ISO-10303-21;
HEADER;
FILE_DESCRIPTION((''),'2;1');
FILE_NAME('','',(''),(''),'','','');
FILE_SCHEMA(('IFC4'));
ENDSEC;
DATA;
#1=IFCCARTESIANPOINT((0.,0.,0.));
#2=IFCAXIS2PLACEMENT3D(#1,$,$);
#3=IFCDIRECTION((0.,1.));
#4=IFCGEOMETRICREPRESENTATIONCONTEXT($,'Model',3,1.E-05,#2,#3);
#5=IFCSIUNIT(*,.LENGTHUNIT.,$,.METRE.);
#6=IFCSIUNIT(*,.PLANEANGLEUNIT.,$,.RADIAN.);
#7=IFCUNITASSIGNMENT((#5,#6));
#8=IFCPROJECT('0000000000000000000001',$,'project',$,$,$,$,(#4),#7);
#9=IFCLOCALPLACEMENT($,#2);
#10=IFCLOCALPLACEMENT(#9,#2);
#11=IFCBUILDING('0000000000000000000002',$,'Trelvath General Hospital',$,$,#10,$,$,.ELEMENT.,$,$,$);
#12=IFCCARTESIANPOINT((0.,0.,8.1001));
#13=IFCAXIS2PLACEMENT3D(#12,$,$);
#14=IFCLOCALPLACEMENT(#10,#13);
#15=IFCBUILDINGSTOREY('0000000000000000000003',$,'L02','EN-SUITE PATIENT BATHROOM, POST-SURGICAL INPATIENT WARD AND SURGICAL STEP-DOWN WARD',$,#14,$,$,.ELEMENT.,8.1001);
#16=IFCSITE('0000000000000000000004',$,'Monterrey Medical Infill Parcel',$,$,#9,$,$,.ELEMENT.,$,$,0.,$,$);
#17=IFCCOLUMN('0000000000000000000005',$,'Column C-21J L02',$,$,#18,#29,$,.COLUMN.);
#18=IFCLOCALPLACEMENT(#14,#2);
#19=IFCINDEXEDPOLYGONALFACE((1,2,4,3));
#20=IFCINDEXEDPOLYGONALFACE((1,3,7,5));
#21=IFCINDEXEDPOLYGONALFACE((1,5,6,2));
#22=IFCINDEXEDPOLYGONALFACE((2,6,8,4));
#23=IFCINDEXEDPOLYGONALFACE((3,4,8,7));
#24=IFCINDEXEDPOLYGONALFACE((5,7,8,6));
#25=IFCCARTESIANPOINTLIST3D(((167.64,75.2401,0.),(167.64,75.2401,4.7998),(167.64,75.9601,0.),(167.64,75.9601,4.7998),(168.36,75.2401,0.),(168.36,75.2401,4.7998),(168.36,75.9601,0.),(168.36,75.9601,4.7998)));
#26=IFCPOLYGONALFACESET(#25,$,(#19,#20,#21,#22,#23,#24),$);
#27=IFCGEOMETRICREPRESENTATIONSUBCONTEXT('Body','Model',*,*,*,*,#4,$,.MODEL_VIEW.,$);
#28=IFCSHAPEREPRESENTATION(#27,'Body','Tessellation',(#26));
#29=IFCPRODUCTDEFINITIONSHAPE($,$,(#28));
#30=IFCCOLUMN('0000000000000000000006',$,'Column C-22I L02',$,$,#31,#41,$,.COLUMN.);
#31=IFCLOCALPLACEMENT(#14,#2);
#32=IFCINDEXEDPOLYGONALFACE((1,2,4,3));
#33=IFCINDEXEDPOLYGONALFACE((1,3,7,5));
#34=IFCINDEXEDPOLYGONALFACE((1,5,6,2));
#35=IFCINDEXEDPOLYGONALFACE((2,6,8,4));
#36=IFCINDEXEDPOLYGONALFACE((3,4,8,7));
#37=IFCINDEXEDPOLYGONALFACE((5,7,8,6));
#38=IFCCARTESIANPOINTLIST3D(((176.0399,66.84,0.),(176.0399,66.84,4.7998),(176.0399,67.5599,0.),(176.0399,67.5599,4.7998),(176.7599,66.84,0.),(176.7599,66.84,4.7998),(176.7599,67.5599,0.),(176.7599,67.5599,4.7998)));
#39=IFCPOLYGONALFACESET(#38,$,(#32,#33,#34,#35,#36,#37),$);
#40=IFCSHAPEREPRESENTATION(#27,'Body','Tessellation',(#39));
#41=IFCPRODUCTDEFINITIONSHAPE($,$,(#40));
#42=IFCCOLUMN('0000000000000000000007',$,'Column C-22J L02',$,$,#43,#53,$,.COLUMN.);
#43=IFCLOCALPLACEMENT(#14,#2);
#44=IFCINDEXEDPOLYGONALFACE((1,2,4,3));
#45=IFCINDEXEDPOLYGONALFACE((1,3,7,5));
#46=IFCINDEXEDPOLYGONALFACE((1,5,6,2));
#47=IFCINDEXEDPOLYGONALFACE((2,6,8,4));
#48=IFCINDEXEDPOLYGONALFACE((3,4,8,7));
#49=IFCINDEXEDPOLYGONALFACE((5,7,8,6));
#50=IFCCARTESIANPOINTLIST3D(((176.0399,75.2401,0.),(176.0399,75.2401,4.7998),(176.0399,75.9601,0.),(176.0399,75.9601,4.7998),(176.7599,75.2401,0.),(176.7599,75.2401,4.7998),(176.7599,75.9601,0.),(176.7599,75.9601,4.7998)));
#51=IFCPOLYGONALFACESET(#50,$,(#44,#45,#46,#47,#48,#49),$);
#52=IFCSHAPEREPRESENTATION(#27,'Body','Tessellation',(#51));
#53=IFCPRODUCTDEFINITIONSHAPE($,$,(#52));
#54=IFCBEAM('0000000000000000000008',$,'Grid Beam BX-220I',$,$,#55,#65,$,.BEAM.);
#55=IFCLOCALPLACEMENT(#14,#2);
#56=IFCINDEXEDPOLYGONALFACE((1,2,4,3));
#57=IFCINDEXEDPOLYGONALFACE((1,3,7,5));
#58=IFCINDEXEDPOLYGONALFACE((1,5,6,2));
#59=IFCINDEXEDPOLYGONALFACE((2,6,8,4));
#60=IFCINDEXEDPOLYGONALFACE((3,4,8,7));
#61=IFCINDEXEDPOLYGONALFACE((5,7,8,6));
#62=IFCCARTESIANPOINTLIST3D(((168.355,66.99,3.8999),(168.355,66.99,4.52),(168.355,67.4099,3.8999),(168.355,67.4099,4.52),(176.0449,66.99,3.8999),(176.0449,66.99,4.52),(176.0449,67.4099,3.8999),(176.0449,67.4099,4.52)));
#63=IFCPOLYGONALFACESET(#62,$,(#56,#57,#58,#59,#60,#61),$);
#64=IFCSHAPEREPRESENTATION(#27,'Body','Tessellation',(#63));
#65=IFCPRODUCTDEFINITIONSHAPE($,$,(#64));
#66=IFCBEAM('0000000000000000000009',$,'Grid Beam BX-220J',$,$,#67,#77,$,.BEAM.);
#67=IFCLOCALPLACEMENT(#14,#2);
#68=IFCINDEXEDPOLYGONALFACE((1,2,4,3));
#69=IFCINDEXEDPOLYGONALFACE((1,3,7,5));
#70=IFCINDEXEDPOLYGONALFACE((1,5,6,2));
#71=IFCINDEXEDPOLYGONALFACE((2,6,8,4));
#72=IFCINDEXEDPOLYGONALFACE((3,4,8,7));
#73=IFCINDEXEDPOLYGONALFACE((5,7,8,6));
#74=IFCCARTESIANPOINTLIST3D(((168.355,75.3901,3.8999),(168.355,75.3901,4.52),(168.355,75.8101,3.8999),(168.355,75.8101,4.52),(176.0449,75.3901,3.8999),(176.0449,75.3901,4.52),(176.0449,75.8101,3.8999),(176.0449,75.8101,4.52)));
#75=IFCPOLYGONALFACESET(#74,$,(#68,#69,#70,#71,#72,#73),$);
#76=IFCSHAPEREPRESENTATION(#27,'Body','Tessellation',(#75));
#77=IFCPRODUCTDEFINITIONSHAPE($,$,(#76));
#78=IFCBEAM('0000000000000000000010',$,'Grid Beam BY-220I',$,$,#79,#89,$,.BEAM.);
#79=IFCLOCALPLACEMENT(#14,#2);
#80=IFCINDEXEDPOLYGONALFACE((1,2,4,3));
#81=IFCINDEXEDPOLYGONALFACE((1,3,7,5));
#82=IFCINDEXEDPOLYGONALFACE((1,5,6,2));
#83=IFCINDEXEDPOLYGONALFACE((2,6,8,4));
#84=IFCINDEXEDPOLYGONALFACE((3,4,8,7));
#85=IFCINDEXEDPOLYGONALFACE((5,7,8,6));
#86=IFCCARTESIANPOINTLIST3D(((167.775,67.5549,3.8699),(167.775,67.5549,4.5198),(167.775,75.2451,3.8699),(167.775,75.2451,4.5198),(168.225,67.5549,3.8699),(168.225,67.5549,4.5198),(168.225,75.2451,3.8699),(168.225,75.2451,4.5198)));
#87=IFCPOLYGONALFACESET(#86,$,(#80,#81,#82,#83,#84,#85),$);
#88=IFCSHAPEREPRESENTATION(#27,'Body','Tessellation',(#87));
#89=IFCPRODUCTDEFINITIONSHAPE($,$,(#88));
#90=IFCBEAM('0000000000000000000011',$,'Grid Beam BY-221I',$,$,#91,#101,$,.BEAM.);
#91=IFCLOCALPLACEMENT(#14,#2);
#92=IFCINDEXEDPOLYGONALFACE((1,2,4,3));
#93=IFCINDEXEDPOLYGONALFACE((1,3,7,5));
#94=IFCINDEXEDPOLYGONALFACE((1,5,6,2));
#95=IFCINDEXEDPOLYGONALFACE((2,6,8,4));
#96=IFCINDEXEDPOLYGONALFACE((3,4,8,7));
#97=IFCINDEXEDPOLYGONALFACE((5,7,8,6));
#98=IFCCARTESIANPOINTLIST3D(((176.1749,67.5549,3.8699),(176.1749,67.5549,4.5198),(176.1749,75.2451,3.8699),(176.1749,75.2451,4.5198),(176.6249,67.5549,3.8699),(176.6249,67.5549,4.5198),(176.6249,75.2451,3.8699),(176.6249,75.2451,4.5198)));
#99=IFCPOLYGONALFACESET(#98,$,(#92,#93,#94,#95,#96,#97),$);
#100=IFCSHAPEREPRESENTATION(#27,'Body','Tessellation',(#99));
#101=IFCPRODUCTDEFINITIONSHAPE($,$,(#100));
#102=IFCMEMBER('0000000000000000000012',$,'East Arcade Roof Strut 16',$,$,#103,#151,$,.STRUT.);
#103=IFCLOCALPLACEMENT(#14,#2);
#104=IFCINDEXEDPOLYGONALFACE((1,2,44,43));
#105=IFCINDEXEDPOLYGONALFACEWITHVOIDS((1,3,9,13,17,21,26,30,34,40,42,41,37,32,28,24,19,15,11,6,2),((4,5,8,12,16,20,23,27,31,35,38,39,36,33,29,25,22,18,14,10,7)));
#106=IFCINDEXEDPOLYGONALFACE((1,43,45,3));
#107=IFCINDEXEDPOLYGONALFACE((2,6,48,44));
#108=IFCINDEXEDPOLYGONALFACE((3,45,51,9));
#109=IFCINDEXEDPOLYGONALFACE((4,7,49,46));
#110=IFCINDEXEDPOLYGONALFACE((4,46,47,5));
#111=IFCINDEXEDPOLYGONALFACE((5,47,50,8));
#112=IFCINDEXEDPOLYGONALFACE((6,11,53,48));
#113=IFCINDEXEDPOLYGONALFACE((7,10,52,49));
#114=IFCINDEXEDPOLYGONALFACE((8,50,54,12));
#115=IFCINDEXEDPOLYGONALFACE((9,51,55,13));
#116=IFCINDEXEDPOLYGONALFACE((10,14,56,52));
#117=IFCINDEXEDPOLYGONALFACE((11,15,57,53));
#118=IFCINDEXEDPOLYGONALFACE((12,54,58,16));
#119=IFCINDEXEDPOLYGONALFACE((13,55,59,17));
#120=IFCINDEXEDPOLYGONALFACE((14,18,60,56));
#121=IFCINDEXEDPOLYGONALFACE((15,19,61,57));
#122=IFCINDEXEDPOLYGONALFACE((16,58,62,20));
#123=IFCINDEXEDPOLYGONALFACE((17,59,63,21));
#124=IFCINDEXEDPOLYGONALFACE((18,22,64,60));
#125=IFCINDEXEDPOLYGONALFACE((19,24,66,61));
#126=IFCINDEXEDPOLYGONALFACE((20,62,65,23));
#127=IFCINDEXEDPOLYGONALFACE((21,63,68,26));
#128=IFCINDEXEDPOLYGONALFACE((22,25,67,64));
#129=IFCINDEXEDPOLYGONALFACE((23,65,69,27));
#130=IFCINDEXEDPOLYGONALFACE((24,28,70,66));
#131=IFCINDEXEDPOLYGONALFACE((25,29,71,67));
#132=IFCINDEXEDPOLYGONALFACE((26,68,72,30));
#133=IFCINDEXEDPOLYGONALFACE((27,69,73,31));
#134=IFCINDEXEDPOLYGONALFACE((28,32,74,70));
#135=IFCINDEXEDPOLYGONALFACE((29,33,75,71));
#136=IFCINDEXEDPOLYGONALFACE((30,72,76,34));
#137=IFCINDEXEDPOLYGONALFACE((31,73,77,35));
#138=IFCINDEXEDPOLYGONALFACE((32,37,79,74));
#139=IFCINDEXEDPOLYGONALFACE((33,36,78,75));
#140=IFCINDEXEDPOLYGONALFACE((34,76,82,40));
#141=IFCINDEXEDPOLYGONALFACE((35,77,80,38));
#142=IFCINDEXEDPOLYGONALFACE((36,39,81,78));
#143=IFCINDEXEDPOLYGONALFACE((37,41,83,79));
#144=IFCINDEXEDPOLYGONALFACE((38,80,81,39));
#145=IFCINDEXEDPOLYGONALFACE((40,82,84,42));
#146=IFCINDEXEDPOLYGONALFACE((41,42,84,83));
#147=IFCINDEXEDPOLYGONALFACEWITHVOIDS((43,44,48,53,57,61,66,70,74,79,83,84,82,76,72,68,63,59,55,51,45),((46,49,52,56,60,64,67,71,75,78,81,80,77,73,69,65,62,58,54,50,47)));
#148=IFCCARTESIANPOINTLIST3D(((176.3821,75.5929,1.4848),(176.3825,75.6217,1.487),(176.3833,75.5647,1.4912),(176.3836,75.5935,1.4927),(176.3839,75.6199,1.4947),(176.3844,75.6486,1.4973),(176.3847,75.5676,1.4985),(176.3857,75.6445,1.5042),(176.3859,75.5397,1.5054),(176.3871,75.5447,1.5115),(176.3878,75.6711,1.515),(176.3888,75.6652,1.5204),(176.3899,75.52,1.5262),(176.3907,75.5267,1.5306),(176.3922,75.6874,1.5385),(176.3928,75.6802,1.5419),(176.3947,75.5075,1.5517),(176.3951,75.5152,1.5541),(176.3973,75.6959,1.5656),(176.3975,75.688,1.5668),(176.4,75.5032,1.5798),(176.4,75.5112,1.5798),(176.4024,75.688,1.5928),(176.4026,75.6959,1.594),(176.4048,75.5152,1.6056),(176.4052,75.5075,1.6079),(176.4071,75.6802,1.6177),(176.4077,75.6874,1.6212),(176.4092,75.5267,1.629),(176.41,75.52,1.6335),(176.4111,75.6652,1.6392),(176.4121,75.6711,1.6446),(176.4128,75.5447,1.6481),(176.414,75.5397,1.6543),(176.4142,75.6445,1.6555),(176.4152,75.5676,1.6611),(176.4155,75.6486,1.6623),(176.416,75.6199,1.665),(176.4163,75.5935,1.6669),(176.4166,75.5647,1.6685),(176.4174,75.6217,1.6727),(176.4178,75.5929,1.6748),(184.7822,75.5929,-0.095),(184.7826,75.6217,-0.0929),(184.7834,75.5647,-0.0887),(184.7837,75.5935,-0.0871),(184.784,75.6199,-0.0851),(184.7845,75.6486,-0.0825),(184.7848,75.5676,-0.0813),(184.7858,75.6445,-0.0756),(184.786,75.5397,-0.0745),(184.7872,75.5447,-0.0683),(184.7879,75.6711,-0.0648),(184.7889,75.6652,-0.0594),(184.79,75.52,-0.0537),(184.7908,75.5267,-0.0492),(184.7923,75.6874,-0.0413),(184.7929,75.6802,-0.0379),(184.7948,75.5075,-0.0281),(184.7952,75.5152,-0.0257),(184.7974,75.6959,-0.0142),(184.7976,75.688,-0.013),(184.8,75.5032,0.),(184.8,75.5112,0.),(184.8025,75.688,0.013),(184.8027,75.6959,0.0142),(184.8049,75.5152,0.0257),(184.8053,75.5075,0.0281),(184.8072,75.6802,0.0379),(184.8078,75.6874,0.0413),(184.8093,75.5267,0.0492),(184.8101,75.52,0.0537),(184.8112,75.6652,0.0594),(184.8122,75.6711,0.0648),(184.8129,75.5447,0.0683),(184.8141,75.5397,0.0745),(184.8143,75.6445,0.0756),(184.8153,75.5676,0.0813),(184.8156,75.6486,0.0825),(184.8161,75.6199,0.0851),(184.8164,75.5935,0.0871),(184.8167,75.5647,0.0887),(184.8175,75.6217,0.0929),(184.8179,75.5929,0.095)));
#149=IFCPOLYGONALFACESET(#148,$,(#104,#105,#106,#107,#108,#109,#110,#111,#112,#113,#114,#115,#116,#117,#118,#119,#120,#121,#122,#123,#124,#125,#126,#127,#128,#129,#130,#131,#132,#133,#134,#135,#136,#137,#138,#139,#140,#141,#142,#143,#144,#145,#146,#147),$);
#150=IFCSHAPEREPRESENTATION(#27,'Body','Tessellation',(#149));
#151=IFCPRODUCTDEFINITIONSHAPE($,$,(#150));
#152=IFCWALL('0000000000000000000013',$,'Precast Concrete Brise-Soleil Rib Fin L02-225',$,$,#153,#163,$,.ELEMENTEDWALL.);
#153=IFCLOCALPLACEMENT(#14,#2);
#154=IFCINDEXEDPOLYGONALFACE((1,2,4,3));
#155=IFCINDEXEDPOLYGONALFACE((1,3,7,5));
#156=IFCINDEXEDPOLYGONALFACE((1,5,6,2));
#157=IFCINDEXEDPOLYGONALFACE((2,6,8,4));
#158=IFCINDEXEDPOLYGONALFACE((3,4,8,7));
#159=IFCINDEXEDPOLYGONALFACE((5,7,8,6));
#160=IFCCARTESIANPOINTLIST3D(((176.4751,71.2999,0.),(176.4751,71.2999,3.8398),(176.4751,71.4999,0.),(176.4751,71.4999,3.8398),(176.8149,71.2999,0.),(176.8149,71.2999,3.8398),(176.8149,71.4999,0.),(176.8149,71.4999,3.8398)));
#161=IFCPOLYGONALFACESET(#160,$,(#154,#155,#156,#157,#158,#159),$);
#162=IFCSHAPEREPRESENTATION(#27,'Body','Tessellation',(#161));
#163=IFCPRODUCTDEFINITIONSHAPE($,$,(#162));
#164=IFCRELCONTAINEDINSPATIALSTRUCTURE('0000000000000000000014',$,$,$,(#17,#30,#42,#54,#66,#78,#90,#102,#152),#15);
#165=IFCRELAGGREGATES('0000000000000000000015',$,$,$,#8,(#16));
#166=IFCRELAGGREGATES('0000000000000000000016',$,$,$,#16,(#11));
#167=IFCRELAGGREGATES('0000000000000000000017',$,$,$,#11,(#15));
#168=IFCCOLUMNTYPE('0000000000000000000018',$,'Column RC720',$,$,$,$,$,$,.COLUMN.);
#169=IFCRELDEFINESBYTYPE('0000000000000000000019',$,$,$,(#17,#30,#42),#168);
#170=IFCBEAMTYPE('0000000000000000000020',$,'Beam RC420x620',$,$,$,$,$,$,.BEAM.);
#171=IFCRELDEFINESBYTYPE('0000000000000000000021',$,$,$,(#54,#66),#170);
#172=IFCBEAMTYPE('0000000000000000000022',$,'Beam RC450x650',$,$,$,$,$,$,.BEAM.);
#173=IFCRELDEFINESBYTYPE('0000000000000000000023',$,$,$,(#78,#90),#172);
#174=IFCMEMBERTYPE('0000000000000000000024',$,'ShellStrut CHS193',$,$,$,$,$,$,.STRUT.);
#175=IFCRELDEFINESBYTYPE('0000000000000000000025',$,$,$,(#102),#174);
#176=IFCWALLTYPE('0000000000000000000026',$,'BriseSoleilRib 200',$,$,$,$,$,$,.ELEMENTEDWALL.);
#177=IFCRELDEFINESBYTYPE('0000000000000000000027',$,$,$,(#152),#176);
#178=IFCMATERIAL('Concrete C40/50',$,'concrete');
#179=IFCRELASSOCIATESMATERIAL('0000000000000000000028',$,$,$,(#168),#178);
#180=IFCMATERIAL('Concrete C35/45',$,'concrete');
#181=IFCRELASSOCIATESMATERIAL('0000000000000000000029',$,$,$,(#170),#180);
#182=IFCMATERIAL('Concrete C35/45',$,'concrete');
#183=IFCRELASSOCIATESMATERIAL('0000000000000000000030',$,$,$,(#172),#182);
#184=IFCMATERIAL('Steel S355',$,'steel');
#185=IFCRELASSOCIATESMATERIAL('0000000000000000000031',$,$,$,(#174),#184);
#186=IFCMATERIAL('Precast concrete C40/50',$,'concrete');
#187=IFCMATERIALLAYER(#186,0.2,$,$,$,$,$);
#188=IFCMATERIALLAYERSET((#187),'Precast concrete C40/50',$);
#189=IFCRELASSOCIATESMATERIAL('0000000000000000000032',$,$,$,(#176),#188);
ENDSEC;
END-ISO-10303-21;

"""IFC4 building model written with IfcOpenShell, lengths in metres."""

from ifc_helpers import new_model, si_unit, direction, frame, frame_2d, origin, origin_2d, place, context, subcontext, project, spatial, rectangle, hollow_circle, extrude, material, layer, layer_set, material_profile, profile_set, type_object, element, save


model = new_model("IFC4")

# Units and contexts
model_context = context("Model", 3, precision=1e-05, world=origin(), true_north=direction((0.0, 1.0)))
body_context = subcontext(model_context, "Body", "Model", "MODEL_VIEW")
ifc_project = project(units=[si_unit("LENGTHUNIT", "METRE"), si_unit("PLANEANGLEUNIT", "RADIAN")], contexts=[model_context])

# Site, building, storey
site_placement = place(None, origin())
site = spatial("IfcSite", under=ifc_project, at=site_placement, Name="Monterrey Medical Infill Parcel", CompositionType="ELEMENT", RefElevation=0.0)
building_placement = place(site_placement, origin())
building = spatial("IfcBuilding", under=site, at=building_placement, Name="Trelvath General Hospital", CompositionType="ELEMENT")
storey_placement = place(building_placement, frame((0.0, 0.0, 8.1001)))
storey = spatial("IfcBuildingStorey", under=building, at=storey_placement, Name="L02", Description="EN-SUITE PATIENT BATHROOM, POST-SURGICAL INPATIENT WARD AND SURGICAL STEP-DOWN WARD", CompositionType="ELEMENT", Elevation=8.1001)

# Columns
ifc_material_1 = material(Name="Concrete C40/50", Category="concrete")
ifc_material_profile_1 = material_profile(ifc_material_1, rectangle(XDim=0.72, YDim=0.72, at=origin_2d()), Name="RC720x720")
ifc_profile_set_1 = profile_set([ifc_material_profile_1], Name="Concrete C40/50")
column_type = type_object("IfcColumnType", Name="Column RC720", PredefinedType="COLUMN", material=ifc_profile_set_1)
for number, where, z_axis, x_axis, name in (
    (1, (168.0, 75.6001, 0.0), (0.0, 0.0, 1.0), (1.0, 0.0, 0.0), "Column C-21J L02"),
    (2, (176.3999, 67.2, 0.0), (0.0, 0.0, 1.0), (1.0, 0.0, 0.0), "Column C-22I L02"),
    (3, (176.3999, 75.6001, 0.0), (0.0, 0.0, 1.0), (1.0, 0.0, 0.0), "Column C-22J L02"),
):
    element("IfcColumn", number, at=place(storey_placement, frame(where, z_axis=z_axis, x_axis=x_axis)), inside=storey, type_object=column_type, Name=name, PredefinedType="COLUMN", context=body_context, shape_type="SweptSolid", body=[
        extrude(rectangle(XDim=0.72, YDim=0.72, at=origin_2d()), origin(), (0.0, 0.0, 1.0), 4.7998),
    ])

# Beams
ifc_material_2 = material(Name="Concrete C35/45", Category="concrete")
ifc_material_profile_2 = material_profile(ifc_material_2, rectangle(XDim=0.4199, YDim=0.6201, at=origin_2d()), Name="RCB420x620")
ifc_profile_set_2 = profile_set([ifc_material_profile_2], Name="Concrete C35/45")
beam_type_1 = type_object("IfcBeamType", Name="Beam RC420x620", PredefinedType="BEAM", material=ifc_profile_set_2)
for number, where, z_axis, x_axis, name in (
    (4, (168.355, 67.2, 4.21), (1.0, 0.0, 0.0), (0.0, 1.0, 0.0), "Grid Beam BX-220I"),
    (5, (168.355, 75.6001, 4.21), (1.0, 0.0, 0.0), (0.0, 1.0, 0.0), "Grid Beam BX-220J"),
):
    element("IfcBeam", number, at=place(storey_placement, frame(where, z_axis=z_axis, x_axis=x_axis)), inside=storey, type_object=beam_type_1, Name=name, PredefinedType="BEAM", context=body_context, shape_type="SweptSolid", body=[
        extrude(rectangle(XDim=0.4199, YDim=0.6201, at=origin_2d()), origin(), (0.0, 0.0, 1.0), 7.6899),
    ])
ifc_material_3 = material(Name="Concrete C35/45", Category="concrete")
ifc_material_profile_3 = material_profile(ifc_material_3, rectangle(XDim=0.45, YDim=0.6499, at=origin_2d()), Name="RCB450x650")
ifc_profile_set_3 = profile_set([ifc_material_profile_3], Name="Concrete C35/45")
beam_type_2 = type_object("IfcBeamType", Name="Beam RC450x650", PredefinedType="BEAM", material=ifc_profile_set_3)
for number, where, z_axis, x_axis, name in (
    (6, (168.0, 67.5549, 4.1948), (0.0, 1.0, 0.0), (-1.0, 0.0, 0.0), "Grid Beam BY-220I"),
    (7, (176.3999, 67.5549, 4.1948), (0.0, 1.0, 0.0), (-1.0, 0.0, 0.0), "Grid Beam BY-221I"),
):
    element("IfcBeam", number, at=place(storey_placement, frame(where, z_axis=z_axis, x_axis=x_axis)), inside=storey, type_object=beam_type_2, Name=name, PredefinedType="BEAM", context=body_context, shape_type="SweptSolid", body=[
        extrude(rectangle(XDim=0.45, YDim=0.6499, at=origin_2d()), origin(), (0.0, 0.0, 1.0), 7.6902),
    ])

# Member
ifc_material_4 = material(Name="Steel S355", Category="steel")
ifc_material_profile_4 = material_profile(ifc_material_4, hollow_circle(Radius=0.0969, WallThickness=0.0081, at=origin_2d()), Name="CHS193.7x8.0")
ifc_profile_set_4 = profile_set([ifc_material_profile_4], Name="Steel S355")
member_type = type_object("IfcMemberType", Name="ShellStrut CHS193", PredefinedType="STRUT", material=ifc_profile_set_4)
member_placement = place(storey_placement, frame((184.8, 75.6001, 0.0), z_axis=(-0.98277, 0.0, 0.184832), x_axis=(0.0, -1.0, 0.0)))
element("IfcMember", 8, at=member_placement, inside=storey, type_object=member_type, Name="East Arcade Roof Strut 16", PredefinedType="STRUT", context=body_context, shape_type="SweptSolid", body=[
    extrude(hollow_circle(Radius=0.0969, WallThickness=0.0081, at=origin_2d()), origin(), (0.0, 0.0, 1.0), 8.5474),
])

# Wall
ifc_material_5 = material(Name="Precast concrete C40/50", Category="concrete")
ifc_layer_1 = layer(ifc_material_5, 0.2)
ifc_layer_set_1 = layer_set([ifc_layer_1], Name="Precast concrete C40/50")
wall_type_1 = type_object("IfcWallType", Name="BriseSoleilRib 200", PredefinedType="ELEMENTEDWALL", material=ifc_layer_set_1)
wall_1_placement = place(storey_placement, frame((176.4751, 71.3999, 0.0), z_axis=(0.0, 0.0, 1.0), x_axis=(1.0, 0.0, 0.0)))
element("IfcWall", 9, at=wall_1_placement, inside=storey, type_object=wall_type_1, Name="Precast Concrete Brise-Soleil Rib Fin L02-225", PredefinedType="ELEMENTEDWALL", context=body_context, shape_type="SweptSolid", body=[
    extrude(rectangle(XDim=0.3398, YDim=0.2, at=frame_2d((0.1699, 0.0))), origin(), (0.0, 0.0, 1.0), 3.8398),
])

save(model, "model.ifc")
